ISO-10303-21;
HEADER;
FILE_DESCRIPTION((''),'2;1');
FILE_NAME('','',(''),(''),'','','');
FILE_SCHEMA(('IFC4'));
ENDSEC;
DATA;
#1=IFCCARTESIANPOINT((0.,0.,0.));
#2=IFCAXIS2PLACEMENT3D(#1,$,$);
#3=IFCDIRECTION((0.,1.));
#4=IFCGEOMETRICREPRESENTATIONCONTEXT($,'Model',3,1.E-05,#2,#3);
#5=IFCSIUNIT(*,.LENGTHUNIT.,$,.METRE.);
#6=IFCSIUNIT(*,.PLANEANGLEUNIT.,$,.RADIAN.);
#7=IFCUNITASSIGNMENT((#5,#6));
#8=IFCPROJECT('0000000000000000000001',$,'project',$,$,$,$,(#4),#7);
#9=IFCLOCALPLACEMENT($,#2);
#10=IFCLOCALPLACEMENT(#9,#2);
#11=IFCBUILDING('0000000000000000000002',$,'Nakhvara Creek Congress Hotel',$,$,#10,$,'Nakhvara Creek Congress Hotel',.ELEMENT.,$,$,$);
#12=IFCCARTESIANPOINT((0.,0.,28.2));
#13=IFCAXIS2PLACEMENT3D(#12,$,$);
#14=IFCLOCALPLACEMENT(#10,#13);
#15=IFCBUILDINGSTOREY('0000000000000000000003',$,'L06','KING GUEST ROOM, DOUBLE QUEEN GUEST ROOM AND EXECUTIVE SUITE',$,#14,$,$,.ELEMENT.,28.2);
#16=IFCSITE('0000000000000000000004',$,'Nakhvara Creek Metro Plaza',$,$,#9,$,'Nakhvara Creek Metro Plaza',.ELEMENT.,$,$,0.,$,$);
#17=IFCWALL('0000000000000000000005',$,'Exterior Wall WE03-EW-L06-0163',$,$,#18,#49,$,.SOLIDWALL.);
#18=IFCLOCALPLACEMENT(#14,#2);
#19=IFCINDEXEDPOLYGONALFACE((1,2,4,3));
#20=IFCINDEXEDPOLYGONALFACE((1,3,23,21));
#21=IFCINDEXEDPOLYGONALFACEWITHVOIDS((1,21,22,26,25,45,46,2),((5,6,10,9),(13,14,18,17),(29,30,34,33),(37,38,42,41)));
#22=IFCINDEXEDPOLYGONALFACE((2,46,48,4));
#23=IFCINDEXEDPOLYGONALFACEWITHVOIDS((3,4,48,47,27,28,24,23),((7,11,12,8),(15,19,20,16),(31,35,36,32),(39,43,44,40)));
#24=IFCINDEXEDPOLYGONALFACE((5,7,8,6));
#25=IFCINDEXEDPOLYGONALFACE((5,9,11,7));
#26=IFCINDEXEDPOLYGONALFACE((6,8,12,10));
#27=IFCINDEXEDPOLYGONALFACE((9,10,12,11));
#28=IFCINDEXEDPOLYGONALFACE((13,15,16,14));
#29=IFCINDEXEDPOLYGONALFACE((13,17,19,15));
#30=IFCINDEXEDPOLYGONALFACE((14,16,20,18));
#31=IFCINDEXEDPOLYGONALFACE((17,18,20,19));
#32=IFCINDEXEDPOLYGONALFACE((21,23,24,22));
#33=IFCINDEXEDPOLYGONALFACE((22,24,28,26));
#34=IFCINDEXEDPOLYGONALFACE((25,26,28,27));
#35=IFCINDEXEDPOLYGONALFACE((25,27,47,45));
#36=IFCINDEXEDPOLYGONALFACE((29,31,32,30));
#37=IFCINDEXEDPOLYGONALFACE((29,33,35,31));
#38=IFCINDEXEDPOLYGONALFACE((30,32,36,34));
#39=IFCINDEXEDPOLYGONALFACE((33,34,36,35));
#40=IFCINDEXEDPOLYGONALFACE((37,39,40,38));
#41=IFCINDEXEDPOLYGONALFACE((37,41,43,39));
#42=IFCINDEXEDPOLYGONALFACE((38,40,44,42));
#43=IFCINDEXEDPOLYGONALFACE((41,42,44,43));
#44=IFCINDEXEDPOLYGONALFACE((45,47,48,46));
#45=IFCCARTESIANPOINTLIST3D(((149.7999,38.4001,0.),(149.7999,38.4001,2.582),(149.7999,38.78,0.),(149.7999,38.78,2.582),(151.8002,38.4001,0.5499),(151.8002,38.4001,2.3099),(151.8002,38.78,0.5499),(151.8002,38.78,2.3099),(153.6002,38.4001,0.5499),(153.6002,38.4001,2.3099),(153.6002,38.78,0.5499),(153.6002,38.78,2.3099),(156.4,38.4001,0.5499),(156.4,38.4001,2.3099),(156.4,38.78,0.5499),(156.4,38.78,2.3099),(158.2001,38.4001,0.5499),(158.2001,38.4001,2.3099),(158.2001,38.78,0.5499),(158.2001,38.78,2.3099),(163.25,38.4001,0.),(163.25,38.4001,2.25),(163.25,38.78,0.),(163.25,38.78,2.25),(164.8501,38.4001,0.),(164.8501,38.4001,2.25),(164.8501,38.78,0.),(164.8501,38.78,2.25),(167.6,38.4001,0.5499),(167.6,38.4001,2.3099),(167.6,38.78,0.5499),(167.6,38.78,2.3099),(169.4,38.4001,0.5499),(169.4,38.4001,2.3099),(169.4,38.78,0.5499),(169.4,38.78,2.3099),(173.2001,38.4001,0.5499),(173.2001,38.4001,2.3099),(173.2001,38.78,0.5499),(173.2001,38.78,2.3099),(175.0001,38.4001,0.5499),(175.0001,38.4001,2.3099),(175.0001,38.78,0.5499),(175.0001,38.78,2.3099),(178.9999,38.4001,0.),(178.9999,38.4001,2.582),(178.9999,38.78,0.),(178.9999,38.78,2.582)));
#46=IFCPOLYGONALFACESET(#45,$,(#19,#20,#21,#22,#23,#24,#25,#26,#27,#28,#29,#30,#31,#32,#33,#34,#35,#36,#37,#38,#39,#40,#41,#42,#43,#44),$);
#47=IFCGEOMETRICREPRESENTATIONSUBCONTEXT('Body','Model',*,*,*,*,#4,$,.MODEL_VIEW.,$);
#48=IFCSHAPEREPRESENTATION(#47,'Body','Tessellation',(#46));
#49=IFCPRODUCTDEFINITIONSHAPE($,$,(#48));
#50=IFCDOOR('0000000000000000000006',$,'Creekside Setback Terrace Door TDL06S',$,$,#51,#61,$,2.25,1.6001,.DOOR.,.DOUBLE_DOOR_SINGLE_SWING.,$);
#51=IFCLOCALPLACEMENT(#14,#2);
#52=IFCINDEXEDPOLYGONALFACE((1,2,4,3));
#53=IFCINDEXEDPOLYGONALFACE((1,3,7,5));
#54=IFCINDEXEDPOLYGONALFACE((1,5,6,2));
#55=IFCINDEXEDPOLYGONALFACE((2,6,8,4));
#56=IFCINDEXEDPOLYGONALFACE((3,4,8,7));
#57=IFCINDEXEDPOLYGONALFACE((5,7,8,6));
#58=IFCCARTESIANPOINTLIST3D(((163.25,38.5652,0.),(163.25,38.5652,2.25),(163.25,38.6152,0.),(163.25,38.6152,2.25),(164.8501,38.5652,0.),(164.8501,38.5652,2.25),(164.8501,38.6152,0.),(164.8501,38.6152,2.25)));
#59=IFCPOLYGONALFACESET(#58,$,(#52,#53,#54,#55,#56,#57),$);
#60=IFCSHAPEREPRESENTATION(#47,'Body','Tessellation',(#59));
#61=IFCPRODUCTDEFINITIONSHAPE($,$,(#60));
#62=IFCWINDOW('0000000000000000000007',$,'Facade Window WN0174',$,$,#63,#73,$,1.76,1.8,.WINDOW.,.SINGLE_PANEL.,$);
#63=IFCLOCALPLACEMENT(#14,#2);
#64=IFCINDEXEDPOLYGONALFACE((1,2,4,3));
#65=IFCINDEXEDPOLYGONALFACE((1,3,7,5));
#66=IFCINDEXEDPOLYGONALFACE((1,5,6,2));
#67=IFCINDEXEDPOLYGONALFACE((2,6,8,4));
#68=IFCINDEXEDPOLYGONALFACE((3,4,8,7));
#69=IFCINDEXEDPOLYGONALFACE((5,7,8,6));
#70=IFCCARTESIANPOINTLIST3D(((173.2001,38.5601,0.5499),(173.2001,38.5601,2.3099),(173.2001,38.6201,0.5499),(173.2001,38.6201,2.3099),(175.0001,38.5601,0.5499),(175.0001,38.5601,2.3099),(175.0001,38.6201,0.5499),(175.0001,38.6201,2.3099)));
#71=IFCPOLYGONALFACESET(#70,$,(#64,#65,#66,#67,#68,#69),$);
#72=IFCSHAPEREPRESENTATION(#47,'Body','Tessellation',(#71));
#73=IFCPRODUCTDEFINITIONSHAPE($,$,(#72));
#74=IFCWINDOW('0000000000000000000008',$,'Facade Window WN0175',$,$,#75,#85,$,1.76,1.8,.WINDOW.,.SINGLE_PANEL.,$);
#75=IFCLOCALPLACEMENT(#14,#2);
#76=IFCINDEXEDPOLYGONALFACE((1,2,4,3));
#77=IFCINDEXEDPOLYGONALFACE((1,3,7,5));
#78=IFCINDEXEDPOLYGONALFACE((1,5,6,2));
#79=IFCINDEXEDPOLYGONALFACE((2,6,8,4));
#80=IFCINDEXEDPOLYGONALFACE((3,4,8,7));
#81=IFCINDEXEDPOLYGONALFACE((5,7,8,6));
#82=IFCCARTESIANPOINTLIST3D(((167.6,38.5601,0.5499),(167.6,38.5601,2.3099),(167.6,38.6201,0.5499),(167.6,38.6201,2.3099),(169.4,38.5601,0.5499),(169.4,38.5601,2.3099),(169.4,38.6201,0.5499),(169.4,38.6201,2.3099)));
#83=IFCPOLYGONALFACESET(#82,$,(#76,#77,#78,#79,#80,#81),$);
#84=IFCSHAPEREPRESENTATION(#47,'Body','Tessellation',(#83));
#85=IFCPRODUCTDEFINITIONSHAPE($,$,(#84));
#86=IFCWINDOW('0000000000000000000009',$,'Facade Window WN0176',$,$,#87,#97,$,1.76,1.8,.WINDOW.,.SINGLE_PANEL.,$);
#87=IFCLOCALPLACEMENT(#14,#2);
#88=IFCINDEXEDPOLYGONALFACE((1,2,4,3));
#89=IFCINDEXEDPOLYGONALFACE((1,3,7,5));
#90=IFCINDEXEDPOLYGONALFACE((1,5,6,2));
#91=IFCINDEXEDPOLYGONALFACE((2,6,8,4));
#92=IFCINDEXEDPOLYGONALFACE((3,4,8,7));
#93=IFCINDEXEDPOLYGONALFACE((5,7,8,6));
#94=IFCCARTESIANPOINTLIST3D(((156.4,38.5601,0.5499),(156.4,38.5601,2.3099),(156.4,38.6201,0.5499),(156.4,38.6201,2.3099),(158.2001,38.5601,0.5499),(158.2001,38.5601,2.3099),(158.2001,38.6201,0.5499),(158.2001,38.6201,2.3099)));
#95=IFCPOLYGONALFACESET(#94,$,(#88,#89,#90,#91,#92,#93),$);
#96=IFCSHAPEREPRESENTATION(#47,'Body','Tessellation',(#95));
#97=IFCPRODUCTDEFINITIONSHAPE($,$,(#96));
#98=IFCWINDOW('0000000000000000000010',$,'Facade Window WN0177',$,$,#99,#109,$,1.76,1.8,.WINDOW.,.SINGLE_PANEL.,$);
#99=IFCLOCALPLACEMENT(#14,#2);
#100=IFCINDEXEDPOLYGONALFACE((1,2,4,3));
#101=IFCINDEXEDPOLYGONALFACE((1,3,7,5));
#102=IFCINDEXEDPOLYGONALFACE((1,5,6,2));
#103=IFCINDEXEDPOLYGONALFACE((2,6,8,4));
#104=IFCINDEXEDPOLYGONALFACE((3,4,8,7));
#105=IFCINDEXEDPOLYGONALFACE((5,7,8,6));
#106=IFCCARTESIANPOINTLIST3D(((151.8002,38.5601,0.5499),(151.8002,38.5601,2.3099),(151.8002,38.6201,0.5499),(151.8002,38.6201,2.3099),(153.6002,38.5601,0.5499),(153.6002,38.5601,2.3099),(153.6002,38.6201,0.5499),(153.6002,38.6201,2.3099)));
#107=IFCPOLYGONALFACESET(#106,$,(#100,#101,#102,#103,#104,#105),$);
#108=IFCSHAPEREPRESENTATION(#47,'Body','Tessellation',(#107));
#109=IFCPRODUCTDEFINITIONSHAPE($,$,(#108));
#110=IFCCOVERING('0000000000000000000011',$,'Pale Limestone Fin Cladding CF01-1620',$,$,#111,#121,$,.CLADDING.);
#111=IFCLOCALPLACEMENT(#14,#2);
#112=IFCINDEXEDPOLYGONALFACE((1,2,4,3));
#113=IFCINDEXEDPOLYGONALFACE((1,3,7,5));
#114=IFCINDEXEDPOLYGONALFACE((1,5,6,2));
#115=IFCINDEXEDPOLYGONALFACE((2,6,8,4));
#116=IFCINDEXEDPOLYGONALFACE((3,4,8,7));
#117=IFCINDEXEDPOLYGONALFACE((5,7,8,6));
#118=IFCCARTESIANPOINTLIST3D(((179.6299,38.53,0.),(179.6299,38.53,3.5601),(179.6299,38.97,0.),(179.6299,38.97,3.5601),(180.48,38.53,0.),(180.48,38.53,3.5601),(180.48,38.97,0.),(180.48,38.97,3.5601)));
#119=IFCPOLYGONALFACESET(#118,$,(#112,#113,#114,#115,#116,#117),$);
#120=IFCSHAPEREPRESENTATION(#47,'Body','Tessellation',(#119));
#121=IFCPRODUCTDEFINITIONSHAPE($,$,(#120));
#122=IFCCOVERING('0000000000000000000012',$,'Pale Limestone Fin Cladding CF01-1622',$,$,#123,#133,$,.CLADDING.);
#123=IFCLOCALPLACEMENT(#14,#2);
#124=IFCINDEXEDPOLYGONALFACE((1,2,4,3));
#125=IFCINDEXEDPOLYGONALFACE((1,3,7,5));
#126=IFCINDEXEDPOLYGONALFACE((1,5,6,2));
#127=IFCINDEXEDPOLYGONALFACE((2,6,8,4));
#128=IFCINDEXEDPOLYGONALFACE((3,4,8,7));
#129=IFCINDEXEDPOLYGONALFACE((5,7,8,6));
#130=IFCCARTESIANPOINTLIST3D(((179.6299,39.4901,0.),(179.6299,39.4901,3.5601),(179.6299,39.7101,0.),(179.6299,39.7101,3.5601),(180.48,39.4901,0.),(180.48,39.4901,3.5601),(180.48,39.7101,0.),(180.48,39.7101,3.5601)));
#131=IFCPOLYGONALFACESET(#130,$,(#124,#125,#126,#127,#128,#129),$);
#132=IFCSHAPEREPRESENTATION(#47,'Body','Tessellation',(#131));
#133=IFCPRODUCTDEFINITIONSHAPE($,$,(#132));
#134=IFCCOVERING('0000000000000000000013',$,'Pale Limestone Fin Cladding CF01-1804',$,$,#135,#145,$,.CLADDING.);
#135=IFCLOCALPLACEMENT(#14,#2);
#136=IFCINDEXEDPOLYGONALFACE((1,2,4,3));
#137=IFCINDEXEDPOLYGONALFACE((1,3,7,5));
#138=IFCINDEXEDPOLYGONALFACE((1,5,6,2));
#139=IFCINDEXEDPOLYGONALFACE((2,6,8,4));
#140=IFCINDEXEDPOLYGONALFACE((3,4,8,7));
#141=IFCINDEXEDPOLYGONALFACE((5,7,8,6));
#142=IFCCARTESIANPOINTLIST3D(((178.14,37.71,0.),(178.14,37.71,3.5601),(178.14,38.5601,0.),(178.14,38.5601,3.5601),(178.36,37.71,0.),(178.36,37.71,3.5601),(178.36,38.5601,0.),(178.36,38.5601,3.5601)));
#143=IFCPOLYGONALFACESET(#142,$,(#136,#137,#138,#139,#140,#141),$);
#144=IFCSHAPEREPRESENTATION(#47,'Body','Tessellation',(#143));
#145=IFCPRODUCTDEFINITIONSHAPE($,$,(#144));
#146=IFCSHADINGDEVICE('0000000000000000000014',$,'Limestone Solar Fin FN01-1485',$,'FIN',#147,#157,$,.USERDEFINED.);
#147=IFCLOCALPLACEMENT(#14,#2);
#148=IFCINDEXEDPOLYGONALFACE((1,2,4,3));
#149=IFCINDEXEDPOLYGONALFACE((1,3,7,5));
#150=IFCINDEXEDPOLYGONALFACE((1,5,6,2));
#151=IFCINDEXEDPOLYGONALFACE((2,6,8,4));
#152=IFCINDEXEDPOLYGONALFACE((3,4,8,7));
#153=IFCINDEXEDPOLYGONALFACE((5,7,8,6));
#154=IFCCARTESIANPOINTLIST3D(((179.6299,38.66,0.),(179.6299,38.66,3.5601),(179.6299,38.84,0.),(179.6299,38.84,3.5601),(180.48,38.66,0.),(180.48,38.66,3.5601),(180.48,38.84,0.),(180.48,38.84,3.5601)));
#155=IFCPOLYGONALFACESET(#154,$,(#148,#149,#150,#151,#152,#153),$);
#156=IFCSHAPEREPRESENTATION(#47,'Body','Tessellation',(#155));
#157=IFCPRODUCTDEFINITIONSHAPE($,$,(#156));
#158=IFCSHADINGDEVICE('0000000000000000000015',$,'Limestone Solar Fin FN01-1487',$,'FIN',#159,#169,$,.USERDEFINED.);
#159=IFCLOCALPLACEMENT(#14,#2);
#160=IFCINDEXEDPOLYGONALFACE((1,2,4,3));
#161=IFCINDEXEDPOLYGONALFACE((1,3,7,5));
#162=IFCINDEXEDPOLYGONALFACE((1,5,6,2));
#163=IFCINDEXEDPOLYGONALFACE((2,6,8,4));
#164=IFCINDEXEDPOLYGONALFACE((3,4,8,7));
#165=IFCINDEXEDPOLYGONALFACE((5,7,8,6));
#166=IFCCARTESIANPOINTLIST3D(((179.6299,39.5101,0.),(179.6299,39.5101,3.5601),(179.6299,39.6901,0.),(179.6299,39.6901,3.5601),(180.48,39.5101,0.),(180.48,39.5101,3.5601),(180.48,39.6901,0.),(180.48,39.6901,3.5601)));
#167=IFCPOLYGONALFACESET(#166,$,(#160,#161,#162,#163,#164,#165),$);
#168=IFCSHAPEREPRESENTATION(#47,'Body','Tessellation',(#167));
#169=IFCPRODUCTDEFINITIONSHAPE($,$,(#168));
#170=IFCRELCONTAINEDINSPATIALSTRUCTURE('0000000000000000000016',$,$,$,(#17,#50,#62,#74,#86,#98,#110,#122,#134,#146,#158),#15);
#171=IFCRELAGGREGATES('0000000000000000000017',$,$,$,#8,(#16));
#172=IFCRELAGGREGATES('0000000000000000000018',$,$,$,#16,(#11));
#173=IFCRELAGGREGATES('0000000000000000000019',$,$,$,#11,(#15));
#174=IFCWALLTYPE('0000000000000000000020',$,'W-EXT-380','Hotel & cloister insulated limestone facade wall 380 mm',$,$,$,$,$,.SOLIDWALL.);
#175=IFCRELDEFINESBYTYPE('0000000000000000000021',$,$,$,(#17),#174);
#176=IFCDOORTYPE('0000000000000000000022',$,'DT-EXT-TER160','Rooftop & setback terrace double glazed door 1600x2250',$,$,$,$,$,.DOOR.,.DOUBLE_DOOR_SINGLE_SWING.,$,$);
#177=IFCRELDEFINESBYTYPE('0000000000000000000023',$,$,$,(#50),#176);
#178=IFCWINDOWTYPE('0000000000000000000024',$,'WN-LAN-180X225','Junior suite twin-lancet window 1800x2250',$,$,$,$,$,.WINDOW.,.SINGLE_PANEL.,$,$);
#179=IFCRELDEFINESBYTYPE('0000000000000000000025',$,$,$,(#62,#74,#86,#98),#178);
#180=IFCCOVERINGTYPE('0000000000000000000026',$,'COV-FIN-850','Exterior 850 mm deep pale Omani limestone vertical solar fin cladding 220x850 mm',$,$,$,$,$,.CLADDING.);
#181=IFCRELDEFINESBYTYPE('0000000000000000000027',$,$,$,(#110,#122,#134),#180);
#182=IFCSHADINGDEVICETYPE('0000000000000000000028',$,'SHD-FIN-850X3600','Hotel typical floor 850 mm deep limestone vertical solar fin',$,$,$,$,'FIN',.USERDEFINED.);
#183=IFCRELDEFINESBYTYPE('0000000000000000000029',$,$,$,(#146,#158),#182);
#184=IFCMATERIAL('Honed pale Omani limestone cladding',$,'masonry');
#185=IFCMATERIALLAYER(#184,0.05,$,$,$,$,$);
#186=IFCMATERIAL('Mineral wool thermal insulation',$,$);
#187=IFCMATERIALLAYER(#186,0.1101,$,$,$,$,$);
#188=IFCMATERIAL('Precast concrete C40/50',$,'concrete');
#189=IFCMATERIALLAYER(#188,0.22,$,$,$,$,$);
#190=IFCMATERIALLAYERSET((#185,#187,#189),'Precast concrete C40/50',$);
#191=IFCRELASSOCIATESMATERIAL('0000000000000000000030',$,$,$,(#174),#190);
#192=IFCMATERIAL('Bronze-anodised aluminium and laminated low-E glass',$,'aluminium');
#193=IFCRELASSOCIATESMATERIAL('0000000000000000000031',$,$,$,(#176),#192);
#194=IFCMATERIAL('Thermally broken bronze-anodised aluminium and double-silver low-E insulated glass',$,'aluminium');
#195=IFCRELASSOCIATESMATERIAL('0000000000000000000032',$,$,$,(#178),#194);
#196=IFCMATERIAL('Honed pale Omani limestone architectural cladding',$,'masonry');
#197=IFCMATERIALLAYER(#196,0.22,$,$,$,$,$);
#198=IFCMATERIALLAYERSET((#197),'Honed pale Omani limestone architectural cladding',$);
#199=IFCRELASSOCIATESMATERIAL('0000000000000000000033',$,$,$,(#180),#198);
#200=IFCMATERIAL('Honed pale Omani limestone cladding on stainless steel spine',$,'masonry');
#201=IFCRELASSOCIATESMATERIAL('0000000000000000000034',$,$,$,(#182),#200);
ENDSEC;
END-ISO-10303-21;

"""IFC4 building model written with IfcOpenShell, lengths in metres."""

from ifc_helpers import new_model, si_unit, direction, frame, frame_2d, origin, origin_2d, place, context, subcontext, project, spatial, rectangle, extrude, material, layer, layer_set, type_object, element, fill, save


model = new_model("IFC4")

# Units and contexts
model_context = context("Model", 3, precision=1e-05, world=origin(), true_north=direction((0.0, 1.0)))
body_context = subcontext(model_context, "Body", "Model", "MODEL_VIEW")
ifc_project = project(units=[si_unit("LENGTHUNIT", "METRE"), si_unit("PLANEANGLEUNIT", "RADIAN")], contexts=[model_context])

# Site, building, storey
site_placement = place(None, origin())
site = spatial("IfcSite", under=ifc_project, at=site_placement, Name="Nakhvara Creek Metro Plaza", LongName="Nakhvara Creek Metro Plaza", CompositionType="ELEMENT", RefElevation=0.0)
building_placement = place(site_placement, origin())
building = spatial("IfcBuilding", under=site, at=building_placement, Name="Nakhvara Creek Congress Hotel", LongName="Nakhvara Creek Congress Hotel", CompositionType="ELEMENT")
storey_placement = place(building_placement, frame((0.0, 0.0, 28.2)))
storey = spatial("IfcBuildingStorey", under=building, at=storey_placement, Name="L06", Description="KING GUEST ROOM, DOUBLE QUEEN GUEST ROOM AND EXECUTIVE SUITE", CompositionType="ELEMENT", Elevation=28.2)

# Wall, openings, door, windows
ifc_material_1 = material(Name="Honed pale Omani limestone cladding", Category="masonry")
ifc_layer_1 = layer(ifc_material_1, 0.05)
ifc_material_2 = material(Name="Mineral wool thermal insulation")
ifc_layer_2 = layer(ifc_material_2, 0.1101)
ifc_material_3 = material(Name="Precast concrete C40/50", Category="concrete")
ifc_layer_3 = layer(ifc_material_3, 0.22)
ifc_layer_set_1 = layer_set([ifc_layer_1, ifc_layer_2, ifc_layer_3], Name="Precast concrete C40/50")
wall_type = type_object("IfcWallType", Name="W-EXT-380", Description="Hotel & cloister insulated limestone facade wall 380 mm", PredefinedType="SOLIDWALL", material=ifc_layer_set_1)
wall_placement = place(storey_placement, frame((179.0, 38.5901, 0.0), z_axis=(0.0, 0.0, 1.0), x_axis=(-1.0, 0.0, 0.0)))
wall = element("IfcWall", 1, at=wall_placement, inside=storey, type_object=wall_type, Name="Exterior Wall WE03-EW-L06-0163", PredefinedType="SOLIDWALL", context=body_context, shape_type="SweptSolid", body=[
    extrude(rectangle(XDim=29.2, YDim=0.3799, at=frame_2d((14.6001, 0.0))), origin(), (0.0, 0.0, 1.0), 2.582),
])
opening_1_placement = place(wall_placement, frame((14.1499, 0.0, 0.0)))
opening_1 = element("IfcOpeningElement", 2, at=opening_1_placement, cuts=wall, PredefinedType="OPENING", context=body_context, shape_type="SweptSolid", body=[
    extrude(rectangle(XDim=1.6001, YDim=2.25, at=frame_2d((0.8, 1.125))), frame((0.0, 0.2019, 0.0), z_axis=(0.0, -1.0, 0.0), x_axis=(1.0, 0.0, 0.0)), (0.0, 0.0, 1.0), 0.4038),
])
opening_2_placement = place(wall_placement, frame((4.0, 0.0, 0.55)))
opening_2 = element("IfcOpeningElement", 3, at=opening_2_placement, cuts=wall, PredefinedType="OPENING", context=body_context, shape_type="SweptSolid", body=[
    extrude(rectangle(XDim=1.8, YDim=1.76, at=frame_2d((0.8999, 0.8799))), frame((0.0, 0.2019, 0.0), z_axis=(0.0, -1.0, 0.0), x_axis=(1.0, 0.0, 0.0)), (0.0, 0.0, 1.0), 0.4038),
])
opening_3_placement = place(wall_placement, frame((9.6001, 0.0, 0.55)))
opening_3 = element("IfcOpeningElement", 4, at=opening_3_placement, cuts=wall, PredefinedType="OPENING", context=body_context, shape_type="SweptSolid", body=[
    extrude(rectangle(XDim=1.8, YDim=1.76, at=frame_2d((0.8999, 0.8799))), frame((0.0, 0.2019, 0.0), z_axis=(0.0, -1.0, 0.0), x_axis=(1.0, 0.0, 0.0)), (0.0, 0.0, 1.0), 0.4038),
])
opening_4_placement = place(wall_placement, frame((20.8, 0.0, 0.55)))
opening_4 = element("IfcOpeningElement", 5, at=opening_4_placement, cuts=wall, PredefinedType="OPENING", context=body_context, shape_type="SweptSolid", body=[
    extrude(rectangle(XDim=1.8, YDim=1.76, at=frame_2d((0.8999, 0.8799))), frame((0.0, 0.2019, 0.0), z_axis=(0.0, -1.0, 0.0), x_axis=(1.0, 0.0, 0.0)), (0.0, 0.0, 1.0), 0.4038),
])
opening_5_placement = place(wall_placement, frame((25.3999, 0.0, 0.55)))
opening_5 = element("IfcOpeningElement", 6, at=opening_5_placement, cuts=wall, PredefinedType="OPENING", context=body_context, shape_type="SweptSolid", body=[
    extrude(rectangle(XDim=1.8, YDim=1.76, at=frame_2d((0.8999, 0.8799))), frame((0.0, 0.2019, 0.0), z_axis=(0.0, -1.0, 0.0), x_axis=(1.0, 0.0, 0.0)), (0.0, 0.0, 1.0), 0.4038),
])
ifc_material_4 = material(Name="Bronze-anodised aluminium and laminated low-E glass", Category="aluminium")
door_type = type_object("IfcDoorType", Name="DT-EXT-TER160", Description="Rooftop & setback terrace double glazed door 1600x2250", OperationType="DOUBLE_DOOR_SINGLE_SWING", PredefinedType="DOOR", material=ifc_material_4)
door_placement = place(opening_1_placement, origin())
door = element("IfcDoor", 7, at=door_placement, inside=storey, type_object=door_type, Name="Creekside Setback Terrace Door TDL06S", OperationType="DOUBLE_DOOR_SINGLE_SWING", OverallHeight=2.25, OverallWidth=1.6001, PredefinedType="DOOR", context=body_context, shape_type="SweptSolid", body=[
    extrude(rectangle(XDim=1.6001, YDim=2.25, at=frame_2d((0.8, 1.125))), frame((0.0, 0.0249, 0.0), z_axis=(0.0, -1.0, 0.0), x_axis=(1.0, 0.0, 0.0)), (0.0, 0.0, 1.0), 0.05),
])
fill(opening_1, door)
ifc_material_5 = material(Name="Thermally broken bronze-anodised aluminium and double-silver low-E insulated glass", Category="aluminium")
window_type = type_object("IfcWindowType", Name="WN-LAN-180X225", Description="Junior suite twin-lancet window 1800x2250", PartitioningType="SINGLE_PANEL", PredefinedType="WINDOW", material=ifc_material_5)
window_1_placement = place(opening_2_placement, origin())
window_1 = element("IfcWindow", 8, at=window_1_placement, inside=storey, type_object=window_type, Name="Facade Window WN0174", OverallHeight=1.76, OverallWidth=1.8, PartitioningType="SINGLE_PANEL", PredefinedType="WINDOW", context=body_context, shape_type="SweptSolid", body=[
    extrude(rectangle(XDim=1.8, YDim=1.76, at=frame_2d((0.8999, 0.8799))), frame((0.0, 0.03, 0.0), z_axis=(0.0, -1.0, 0.0), x_axis=(1.0, 0.0, 0.0)), (0.0, 0.0, 1.0), 0.0601),
])
fill(opening_2, window_1)
window_2_placement = place(opening_3_placement, origin())
window_2 = element("IfcWindow", 9, at=window_2_placement, inside=storey, type_object=window_type, Name="Facade Window WN0175", OverallHeight=1.76, OverallWidth=1.8, PartitioningType="SINGLE_PANEL", PredefinedType="WINDOW", context=body_context, shape_type="SweptSolid", body=[
    extrude(rectangle(XDim=1.8, YDim=1.76, at=frame_2d((0.8999, 0.8799))), frame((0.0, 0.03, 0.0), z_axis=(0.0, -1.0, 0.0), x_axis=(1.0, 0.0, 0.0)), (0.0, 0.0, 1.0), 0.0601),
])
fill(opening_3, window_2)
window_3_placement = place(opening_4_placement, origin())
window_3 = element("IfcWindow", 10, at=window_3_placement, inside=storey, type_object=window_type, Name="Facade Window WN0176", OverallHeight=1.76, OverallWidth=1.8, PartitioningType="SINGLE_PANEL", PredefinedType="WINDOW", context=body_context, shape_type="SweptSolid", body=[
    extrude(rectangle(XDim=1.8, YDim=1.76, at=frame_2d((0.8999, 0.8799))), frame((0.0, 0.03, 0.0), z_axis=(0.0, -1.0, 0.0), x_axis=(1.0, 0.0, 0.0)), (0.0, 0.0, 1.0), 0.0601),
])
fill(opening_4, window_3)
window_4_placement = place(opening_5_placement, origin())
window_4 = element("IfcWindow", 11, at=window_4_placement, inside=storey, type_object=window_type, Name="Facade Window WN0177", OverallHeight=1.76, OverallWidth=1.8, PartitioningType="SINGLE_PANEL", PredefinedType="WINDOW", context=body_context, shape_type="SweptSolid", body=[
    extrude(rectangle(XDim=1.8, YDim=1.76, at=frame_2d((0.8999, 0.8799))), frame((0.0, 0.03, 0.0), z_axis=(0.0, -1.0, 0.0), x_axis=(1.0, 0.0, 0.0)), (0.0, 0.0, 1.0), 0.0601),
])
fill(opening_5, window_4)

# Coverings
ifc_material_6 = material(Name="Honed pale Omani limestone architectural cladding", Category="masonry")
ifc_layer_4 = layer(ifc_material_6, 0.22)
ifc_layer_set_2 = layer_set([ifc_layer_4], Name="Honed pale Omani limestone architectural cladding")
covering_type = type_object("IfcCoveringType", Name="COV-FIN-850", Description="Exterior 850 mm deep pale Omani limestone vertical solar fin cladding 220x850 mm", PredefinedType="CLADDING", material=ifc_layer_set_2)
covering_placement = place(storey_placement, frame((180.0549, 38.75, 0.0), z_axis=(0.0, 0.0, 1.0), x_axis=(0.0, 1.0, 0.0)))
element("IfcCovering", 12, at=covering_placement, inside=storey, type_object=covering_type, Name="Pale Limestone Fin Cladding CF01-1620", PredefinedType="CLADDING", context=body_context, shape_type="SweptSolid", body=[
    extrude(rectangle(XDim=0.4399, YDim=0.8501, at=origin_2d()), origin(), (0.0, 0.0, 1.0), 3.5601),
])
for number, where, z_axis, x_axis, name in (
    (13, (180.0549, 39.6001, 0.0), (0.0, 0.0, 1.0), (0.0, 1.0, 0.0), "Pale Limestone Fin Cladding CF01-1622"),
    (14, (178.25, 38.135, 0.0), (0.0, 0.0, 1.0), (1.0, 0.0, 0.0), "Pale Limestone Fin Cladding CF01-1804"),
):
    element("IfcCovering", number, at=place(storey_placement, frame(where, z_axis=z_axis, x_axis=x_axis)), inside=storey, type_object=covering_type, Name=name, PredefinedType="CLADDING", context=body_context, shape_type="SweptSolid", body=[
        extrude(rectangle(XDim=0.22, YDim=0.8501, at=origin_2d()), origin(), (0.0, 0.0, 1.0), 3.5601),
    ])

# Shading devices
ifc_material_7 = material(Name="Honed pale Omani limestone cladding on stainless steel spine", Category="masonry")
shading_device_type = type_object("IfcShadingDeviceType", Name="SHD-FIN-850X3600", Description="Hotel typical floor 850 mm deep limestone vertical solar fin", ElementType="FIN", PredefinedType="USERDEFINED", material=ifc_material_7)
for number, where, z_axis, x_axis, name in (
    (15, (180.0549, 38.75, 0.0), (0.0, 0.0, 1.0), (0.0, 1.0, 0.0), "Limestone Solar Fin FN01-1485"),
    (16, (180.0549, 39.6001, 0.0), (0.0, 0.0, 1.0), (0.0, 1.0, 0.0), "Limestone Solar Fin FN01-1487"),
):
    element("IfcShadingDevice", number, at=place(storey_placement, frame(where, z_axis=z_axis, x_axis=x_axis)), inside=storey, type_object=shading_device_type, Name=name, ObjectType="FIN", PredefinedType="USERDEFINED", context=body_context, shape_type="SweptSolid", body=[
        extrude(rectangle(XDim=0.1799, YDim=0.8501, at=origin_2d()), origin(), (0.0, 0.0, 1.0), 3.5601),
    ])

save(model, "model.ifc")
